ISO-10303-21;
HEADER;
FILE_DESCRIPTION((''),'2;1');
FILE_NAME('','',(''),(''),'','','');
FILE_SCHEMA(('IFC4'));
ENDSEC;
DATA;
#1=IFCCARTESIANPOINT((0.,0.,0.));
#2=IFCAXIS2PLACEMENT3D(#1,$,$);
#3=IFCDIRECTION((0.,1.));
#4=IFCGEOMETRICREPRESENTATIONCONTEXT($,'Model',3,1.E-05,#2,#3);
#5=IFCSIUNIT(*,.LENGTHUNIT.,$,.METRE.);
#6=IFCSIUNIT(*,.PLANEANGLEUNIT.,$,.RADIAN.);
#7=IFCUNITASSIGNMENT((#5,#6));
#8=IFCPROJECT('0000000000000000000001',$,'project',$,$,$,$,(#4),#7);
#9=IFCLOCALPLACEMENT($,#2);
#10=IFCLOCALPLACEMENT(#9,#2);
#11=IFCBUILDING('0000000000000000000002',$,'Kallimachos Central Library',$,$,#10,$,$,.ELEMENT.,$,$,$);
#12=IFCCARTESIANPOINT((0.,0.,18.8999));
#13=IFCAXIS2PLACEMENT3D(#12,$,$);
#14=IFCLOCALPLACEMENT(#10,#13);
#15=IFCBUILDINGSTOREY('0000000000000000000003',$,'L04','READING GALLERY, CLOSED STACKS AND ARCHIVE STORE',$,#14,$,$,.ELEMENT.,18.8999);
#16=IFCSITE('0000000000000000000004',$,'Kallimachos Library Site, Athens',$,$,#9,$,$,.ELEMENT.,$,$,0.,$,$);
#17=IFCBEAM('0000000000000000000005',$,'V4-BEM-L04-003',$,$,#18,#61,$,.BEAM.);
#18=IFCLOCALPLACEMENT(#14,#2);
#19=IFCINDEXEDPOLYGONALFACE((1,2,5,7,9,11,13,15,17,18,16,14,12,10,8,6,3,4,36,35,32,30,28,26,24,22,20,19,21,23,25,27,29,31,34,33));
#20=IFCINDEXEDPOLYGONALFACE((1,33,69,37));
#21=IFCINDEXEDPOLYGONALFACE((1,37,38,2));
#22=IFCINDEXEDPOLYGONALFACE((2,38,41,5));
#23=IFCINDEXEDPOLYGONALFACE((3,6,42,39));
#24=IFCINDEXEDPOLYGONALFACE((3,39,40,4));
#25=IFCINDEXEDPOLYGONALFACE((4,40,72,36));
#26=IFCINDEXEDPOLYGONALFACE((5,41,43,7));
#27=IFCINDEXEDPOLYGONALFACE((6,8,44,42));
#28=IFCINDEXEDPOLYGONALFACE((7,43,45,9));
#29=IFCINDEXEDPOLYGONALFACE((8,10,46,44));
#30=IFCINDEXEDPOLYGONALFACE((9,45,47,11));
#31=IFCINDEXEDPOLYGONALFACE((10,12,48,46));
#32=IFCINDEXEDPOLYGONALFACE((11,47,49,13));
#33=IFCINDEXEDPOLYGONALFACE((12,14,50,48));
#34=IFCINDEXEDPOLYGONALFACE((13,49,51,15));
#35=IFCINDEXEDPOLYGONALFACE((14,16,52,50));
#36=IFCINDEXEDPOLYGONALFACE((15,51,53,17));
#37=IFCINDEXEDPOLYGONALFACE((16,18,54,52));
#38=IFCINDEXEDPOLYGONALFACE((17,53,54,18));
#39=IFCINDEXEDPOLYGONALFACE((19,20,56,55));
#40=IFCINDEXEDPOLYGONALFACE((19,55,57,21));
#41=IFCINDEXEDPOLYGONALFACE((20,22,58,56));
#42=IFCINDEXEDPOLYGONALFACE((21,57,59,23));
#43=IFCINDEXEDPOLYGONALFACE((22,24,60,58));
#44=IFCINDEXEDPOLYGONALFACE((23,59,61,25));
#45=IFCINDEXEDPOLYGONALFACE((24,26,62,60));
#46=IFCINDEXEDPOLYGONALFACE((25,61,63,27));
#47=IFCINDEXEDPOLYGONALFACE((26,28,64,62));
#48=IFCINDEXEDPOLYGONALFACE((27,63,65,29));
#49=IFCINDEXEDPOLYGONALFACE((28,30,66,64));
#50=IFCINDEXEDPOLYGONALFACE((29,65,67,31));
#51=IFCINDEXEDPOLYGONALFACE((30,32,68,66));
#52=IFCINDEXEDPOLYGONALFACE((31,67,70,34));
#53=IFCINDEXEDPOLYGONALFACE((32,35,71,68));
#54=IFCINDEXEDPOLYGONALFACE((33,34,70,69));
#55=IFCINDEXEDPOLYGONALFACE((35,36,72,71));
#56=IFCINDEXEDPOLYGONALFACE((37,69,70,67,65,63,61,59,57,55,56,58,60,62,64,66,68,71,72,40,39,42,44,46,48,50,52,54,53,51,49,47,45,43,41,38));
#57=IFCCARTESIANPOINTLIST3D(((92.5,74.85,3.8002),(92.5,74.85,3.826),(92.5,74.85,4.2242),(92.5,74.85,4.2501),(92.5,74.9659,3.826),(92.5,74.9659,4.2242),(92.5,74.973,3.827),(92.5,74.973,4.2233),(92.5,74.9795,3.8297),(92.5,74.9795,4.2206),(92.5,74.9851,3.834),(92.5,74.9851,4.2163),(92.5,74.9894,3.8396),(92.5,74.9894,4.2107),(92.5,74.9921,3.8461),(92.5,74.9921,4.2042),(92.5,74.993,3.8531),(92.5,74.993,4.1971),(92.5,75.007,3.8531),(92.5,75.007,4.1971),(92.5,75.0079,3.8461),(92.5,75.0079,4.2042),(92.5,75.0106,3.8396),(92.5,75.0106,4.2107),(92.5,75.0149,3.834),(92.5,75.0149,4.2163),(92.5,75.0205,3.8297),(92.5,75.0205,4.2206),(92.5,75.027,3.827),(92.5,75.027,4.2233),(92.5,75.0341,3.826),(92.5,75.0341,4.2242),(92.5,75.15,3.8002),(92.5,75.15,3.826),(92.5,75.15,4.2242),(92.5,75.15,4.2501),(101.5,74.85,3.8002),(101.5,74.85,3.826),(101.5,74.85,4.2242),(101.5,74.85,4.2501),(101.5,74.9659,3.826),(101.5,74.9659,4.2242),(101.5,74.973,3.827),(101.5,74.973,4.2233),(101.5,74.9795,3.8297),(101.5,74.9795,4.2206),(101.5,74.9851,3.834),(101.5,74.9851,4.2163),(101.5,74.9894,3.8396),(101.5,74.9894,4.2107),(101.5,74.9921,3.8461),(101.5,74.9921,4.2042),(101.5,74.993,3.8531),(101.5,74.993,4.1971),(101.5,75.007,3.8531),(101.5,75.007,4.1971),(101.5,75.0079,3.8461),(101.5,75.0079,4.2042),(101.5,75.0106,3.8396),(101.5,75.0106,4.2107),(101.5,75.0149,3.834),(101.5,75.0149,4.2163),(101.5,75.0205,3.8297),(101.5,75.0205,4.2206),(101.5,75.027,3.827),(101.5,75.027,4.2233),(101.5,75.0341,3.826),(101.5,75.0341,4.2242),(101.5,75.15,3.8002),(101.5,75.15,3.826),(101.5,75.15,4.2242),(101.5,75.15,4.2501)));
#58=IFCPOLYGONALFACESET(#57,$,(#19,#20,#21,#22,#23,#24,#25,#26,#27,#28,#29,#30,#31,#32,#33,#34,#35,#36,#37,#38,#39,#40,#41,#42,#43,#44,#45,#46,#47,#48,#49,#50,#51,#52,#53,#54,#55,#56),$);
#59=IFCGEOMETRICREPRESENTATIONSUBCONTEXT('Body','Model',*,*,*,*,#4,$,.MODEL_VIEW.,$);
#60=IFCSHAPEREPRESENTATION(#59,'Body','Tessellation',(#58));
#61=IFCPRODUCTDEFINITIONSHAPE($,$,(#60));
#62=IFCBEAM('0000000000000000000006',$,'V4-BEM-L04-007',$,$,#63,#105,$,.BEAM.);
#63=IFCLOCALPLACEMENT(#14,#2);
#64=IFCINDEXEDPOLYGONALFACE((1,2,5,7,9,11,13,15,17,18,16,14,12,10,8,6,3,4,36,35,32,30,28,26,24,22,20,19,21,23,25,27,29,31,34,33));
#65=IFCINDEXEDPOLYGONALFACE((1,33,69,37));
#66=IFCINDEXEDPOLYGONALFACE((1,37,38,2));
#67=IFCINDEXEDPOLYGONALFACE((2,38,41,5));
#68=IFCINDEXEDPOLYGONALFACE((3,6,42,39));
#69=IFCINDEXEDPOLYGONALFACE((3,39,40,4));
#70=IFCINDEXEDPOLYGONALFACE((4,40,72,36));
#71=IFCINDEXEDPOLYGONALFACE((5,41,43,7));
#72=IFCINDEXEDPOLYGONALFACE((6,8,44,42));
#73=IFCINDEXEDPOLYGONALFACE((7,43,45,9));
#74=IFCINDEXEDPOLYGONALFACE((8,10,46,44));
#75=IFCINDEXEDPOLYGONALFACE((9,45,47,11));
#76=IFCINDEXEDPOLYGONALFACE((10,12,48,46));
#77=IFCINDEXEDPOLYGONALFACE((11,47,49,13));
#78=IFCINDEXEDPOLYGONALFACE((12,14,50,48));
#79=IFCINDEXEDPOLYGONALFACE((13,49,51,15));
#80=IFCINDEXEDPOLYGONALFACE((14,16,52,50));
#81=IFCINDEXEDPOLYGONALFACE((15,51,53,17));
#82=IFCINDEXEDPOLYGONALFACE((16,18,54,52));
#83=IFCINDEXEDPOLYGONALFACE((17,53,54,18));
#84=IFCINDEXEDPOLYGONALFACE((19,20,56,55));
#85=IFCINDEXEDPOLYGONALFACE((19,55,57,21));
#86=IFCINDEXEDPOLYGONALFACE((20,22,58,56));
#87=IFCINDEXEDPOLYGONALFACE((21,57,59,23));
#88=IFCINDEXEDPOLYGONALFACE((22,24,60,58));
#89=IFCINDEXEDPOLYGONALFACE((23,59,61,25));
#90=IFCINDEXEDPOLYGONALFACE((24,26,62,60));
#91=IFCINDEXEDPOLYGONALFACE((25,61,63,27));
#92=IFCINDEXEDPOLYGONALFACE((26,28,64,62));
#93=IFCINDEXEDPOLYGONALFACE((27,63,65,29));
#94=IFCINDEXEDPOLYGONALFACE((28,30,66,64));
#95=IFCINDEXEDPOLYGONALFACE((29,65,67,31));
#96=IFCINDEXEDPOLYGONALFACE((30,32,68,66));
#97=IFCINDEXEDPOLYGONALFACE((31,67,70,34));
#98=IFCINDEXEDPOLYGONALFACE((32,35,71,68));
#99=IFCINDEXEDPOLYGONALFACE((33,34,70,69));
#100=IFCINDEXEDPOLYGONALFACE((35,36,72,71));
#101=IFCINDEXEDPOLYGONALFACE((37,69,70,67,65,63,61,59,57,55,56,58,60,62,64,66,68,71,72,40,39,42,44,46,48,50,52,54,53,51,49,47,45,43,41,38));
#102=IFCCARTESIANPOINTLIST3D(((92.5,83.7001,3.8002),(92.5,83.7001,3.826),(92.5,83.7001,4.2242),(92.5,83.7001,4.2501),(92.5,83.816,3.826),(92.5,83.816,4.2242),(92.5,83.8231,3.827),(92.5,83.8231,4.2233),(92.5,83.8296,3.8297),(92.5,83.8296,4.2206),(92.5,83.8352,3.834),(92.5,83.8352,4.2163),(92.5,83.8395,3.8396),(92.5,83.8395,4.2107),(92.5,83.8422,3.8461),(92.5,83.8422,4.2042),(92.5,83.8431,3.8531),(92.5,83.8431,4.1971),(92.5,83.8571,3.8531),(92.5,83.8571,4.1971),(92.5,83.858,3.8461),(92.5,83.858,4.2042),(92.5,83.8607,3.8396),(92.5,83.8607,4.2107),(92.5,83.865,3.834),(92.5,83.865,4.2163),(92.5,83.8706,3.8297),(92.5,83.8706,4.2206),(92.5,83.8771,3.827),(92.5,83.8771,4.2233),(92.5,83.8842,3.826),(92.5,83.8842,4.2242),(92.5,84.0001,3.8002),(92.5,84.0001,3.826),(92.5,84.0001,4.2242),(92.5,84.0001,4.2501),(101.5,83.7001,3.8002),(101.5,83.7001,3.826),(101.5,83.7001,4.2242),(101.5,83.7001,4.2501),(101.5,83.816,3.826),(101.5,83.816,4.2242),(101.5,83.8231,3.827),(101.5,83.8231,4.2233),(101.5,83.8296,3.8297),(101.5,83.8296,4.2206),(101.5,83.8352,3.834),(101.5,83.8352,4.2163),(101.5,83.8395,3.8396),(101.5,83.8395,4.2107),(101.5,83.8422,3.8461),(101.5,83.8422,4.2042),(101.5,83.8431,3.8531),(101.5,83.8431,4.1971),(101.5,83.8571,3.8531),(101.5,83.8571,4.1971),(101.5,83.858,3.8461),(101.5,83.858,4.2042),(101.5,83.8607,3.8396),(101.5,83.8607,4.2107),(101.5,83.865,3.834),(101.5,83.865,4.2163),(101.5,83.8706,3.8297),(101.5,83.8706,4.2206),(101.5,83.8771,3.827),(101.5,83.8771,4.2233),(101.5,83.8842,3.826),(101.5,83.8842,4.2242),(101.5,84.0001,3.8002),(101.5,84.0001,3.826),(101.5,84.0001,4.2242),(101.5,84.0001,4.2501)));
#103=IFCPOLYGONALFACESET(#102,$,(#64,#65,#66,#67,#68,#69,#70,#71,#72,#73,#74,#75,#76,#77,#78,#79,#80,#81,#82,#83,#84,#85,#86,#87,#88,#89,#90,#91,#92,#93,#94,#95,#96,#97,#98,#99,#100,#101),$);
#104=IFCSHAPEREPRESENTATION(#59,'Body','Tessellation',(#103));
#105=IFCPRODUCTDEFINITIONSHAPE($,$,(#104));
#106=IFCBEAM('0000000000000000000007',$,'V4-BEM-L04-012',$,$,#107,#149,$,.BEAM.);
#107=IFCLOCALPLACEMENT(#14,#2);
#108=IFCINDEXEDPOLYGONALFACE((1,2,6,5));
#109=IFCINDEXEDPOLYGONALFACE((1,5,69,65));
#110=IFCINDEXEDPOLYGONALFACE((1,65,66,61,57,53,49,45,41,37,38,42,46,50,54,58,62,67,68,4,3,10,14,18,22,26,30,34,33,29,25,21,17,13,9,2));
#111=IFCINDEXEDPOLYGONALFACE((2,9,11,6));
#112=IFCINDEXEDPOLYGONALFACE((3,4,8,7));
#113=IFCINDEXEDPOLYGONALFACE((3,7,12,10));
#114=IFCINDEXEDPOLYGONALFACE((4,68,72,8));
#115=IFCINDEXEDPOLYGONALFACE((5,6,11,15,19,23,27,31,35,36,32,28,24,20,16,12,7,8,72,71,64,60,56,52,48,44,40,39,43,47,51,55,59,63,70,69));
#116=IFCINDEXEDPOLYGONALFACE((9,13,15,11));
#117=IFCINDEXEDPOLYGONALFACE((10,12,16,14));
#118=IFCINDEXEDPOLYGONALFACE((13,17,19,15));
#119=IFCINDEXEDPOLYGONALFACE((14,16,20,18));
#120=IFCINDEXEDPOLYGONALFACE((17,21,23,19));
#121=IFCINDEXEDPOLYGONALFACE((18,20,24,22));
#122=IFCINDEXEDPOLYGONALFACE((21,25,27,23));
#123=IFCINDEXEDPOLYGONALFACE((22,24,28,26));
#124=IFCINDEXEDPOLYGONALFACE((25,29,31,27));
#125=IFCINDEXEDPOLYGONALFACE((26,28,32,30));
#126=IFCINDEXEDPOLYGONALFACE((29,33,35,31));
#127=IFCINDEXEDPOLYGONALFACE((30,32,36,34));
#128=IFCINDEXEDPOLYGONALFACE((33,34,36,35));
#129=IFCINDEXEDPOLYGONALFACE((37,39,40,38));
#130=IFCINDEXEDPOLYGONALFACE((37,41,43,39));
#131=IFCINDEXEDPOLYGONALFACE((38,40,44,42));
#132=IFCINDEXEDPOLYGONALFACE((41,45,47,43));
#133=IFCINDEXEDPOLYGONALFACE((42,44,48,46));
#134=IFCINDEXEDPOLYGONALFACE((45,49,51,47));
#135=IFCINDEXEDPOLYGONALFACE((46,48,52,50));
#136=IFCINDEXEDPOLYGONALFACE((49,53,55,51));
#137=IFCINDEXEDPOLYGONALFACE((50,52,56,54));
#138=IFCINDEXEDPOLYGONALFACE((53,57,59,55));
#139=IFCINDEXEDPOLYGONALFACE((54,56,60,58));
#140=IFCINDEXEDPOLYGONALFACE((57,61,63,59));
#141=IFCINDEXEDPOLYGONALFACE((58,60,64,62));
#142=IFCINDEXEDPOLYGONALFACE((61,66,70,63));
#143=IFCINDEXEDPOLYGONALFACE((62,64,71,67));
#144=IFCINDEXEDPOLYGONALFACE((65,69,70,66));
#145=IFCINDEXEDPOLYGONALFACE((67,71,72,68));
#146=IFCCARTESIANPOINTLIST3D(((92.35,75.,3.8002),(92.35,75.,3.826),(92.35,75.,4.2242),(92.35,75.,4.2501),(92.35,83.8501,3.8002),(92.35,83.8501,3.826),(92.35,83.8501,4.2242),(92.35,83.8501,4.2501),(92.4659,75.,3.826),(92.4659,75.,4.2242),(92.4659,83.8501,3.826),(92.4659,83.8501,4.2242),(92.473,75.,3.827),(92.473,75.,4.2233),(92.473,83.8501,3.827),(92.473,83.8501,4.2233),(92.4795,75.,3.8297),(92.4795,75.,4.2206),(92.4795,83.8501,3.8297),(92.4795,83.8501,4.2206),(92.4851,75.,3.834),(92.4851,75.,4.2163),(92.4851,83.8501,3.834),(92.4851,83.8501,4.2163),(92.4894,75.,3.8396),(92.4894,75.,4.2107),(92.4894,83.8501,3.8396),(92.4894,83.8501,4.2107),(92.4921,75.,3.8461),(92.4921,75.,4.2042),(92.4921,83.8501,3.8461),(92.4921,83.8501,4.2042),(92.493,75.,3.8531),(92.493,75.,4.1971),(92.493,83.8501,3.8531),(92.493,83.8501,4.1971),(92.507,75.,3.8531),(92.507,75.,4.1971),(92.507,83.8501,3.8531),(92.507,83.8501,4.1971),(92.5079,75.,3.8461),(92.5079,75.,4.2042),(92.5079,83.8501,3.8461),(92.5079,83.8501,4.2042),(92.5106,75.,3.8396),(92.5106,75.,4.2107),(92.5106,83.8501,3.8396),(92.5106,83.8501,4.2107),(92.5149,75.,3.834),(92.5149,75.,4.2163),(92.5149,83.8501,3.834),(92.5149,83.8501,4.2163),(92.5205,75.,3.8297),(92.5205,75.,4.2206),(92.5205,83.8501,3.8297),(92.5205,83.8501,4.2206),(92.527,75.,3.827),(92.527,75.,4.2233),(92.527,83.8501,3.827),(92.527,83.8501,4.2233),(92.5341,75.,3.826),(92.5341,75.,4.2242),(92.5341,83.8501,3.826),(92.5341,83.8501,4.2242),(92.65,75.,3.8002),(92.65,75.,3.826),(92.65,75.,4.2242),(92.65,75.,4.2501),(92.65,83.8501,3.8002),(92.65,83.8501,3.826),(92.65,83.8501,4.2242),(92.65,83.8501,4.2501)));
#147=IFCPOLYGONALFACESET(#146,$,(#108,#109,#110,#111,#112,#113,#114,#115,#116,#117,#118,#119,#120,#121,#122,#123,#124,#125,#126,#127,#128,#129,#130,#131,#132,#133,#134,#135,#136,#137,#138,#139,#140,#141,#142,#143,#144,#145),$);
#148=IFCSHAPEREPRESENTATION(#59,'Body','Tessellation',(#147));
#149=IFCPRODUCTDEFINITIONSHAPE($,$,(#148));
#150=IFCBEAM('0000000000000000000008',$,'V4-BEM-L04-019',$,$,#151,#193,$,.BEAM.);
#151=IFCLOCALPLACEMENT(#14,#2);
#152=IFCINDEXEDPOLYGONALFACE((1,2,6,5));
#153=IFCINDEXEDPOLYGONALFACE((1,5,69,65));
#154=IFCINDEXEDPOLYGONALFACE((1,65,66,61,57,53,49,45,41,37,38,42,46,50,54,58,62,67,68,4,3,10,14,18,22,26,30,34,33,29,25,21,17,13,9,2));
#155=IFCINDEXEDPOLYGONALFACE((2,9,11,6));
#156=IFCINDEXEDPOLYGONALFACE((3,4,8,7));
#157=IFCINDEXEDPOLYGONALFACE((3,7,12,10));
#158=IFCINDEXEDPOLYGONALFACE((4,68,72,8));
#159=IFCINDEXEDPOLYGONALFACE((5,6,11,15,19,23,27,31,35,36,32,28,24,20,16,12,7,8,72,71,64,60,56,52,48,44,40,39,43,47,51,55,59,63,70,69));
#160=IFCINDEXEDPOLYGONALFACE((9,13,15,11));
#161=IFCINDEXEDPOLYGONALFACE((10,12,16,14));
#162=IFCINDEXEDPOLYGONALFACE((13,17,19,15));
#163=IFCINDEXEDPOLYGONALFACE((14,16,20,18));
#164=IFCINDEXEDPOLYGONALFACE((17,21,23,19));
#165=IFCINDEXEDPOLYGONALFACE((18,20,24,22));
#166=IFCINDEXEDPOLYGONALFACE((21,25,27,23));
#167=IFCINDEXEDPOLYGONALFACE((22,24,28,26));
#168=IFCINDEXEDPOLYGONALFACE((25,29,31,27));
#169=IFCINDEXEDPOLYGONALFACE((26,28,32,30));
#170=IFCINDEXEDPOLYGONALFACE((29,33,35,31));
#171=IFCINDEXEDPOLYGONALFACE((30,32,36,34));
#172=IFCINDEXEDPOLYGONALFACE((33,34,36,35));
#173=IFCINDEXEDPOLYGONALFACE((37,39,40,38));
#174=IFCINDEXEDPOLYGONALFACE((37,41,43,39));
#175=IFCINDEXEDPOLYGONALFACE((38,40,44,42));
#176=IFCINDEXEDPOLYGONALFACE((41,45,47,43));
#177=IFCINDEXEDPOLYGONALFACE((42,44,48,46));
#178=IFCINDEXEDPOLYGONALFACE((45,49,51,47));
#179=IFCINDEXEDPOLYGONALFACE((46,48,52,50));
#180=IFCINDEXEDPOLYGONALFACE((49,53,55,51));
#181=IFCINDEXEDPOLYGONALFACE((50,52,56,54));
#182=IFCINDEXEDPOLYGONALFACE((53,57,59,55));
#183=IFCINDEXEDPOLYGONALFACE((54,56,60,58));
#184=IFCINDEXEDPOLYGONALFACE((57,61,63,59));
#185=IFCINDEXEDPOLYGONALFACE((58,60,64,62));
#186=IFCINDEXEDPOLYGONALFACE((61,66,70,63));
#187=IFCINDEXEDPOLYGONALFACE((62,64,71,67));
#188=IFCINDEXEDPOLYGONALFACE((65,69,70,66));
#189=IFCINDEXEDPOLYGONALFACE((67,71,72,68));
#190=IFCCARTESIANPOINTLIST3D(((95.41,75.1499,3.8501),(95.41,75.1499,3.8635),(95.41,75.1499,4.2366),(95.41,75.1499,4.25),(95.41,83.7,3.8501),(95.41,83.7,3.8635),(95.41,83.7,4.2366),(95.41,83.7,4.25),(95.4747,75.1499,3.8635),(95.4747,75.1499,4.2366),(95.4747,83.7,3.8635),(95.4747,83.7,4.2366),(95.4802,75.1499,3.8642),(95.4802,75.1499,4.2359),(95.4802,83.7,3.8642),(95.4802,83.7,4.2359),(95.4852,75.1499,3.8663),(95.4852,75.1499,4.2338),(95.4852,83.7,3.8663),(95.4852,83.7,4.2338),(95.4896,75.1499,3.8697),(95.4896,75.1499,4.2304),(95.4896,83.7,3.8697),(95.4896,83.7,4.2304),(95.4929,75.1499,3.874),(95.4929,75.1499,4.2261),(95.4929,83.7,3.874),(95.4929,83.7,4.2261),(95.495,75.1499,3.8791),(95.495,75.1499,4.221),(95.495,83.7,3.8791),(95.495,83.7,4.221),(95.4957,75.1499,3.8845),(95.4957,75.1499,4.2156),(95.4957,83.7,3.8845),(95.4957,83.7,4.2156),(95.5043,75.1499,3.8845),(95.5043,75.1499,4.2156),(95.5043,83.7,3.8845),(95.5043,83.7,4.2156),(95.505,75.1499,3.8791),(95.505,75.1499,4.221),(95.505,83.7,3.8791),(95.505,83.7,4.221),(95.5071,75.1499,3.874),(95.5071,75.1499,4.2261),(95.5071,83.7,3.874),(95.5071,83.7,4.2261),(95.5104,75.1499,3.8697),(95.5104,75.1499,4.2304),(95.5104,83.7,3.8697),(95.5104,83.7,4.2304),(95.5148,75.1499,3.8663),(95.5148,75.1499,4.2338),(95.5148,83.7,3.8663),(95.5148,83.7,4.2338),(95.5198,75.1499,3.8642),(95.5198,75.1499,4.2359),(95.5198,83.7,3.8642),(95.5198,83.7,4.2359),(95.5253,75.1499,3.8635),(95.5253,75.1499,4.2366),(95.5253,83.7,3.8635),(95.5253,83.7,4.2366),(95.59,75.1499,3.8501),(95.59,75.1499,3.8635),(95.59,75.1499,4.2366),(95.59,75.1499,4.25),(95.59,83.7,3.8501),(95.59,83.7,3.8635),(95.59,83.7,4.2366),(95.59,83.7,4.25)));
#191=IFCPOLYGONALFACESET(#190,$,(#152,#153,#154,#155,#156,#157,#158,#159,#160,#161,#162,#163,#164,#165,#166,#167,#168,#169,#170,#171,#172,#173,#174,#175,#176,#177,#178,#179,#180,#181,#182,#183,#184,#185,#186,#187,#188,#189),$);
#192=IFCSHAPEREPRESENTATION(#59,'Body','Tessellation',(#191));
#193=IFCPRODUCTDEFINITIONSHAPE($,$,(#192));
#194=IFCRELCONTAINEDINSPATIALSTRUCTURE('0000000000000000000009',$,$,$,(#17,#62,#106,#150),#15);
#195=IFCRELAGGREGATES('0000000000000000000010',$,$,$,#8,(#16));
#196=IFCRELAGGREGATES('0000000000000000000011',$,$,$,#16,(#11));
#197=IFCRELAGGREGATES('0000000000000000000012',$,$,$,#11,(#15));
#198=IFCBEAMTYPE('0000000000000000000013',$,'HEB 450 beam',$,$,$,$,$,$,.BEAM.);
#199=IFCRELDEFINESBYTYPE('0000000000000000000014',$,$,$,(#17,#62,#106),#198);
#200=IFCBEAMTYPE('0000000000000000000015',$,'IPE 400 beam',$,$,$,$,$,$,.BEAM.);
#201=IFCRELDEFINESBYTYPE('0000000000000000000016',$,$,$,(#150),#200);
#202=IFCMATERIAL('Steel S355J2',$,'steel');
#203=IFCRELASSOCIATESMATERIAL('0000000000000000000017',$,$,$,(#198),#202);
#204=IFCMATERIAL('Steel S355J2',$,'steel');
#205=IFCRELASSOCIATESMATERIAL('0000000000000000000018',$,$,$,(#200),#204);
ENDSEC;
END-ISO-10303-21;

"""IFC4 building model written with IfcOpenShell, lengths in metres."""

from ifc_helpers import new_model, si_unit, direction, frame, origin, origin_2d, place, context, subcontext, project, spatial, i_section, extrude, material, material_profile, profile_set, type_object, element, save


model = new_model("IFC4")

# Units and contexts
model_context = context("Model", 3, precision=1e-05, world=origin(), true_north=direction((0.0, 1.0)))
body_context = subcontext(model_context, "Body", "Model", "MODEL_VIEW")
ifc_project = project(units=[si_unit("LENGTHUNIT", "METRE"), si_unit("PLANEANGLEUNIT", "RADIAN")], contexts=[model_context])

# Site, building, storey
site_placement = place(None, origin())
site = spatial("IfcSite", under=ifc_project, at=site_placement, Name="Kallimachos Library Site, Athens", CompositionType="ELEMENT", RefElevation=0.0)
building_placement = place(site_placement, origin())
building = spatial("IfcBuilding", under=site, at=building_placement, Name="Kallimachos Central Library", CompositionType="ELEMENT")
storey_placement = place(building_placement, frame((0.0, 0.0, 18.8999)))
storey = spatial("IfcBuildingStorey", under=building, at=storey_placement, Name="L04", Description="READING GALLERY, CLOSED STACKS AND ARCHIVE STORE", CompositionType="ELEMENT", Elevation=18.8999)

# Beams
ifc_material_1 = material(Name="Steel S355J2", Category="steel")
ifc_material_profile_1 = material_profile(ifc_material_1, i_section(OverallWidth=0.3, OverallDepth=0.45, WebThickness=0.0139, FlangeThickness=0.0259, FilletRadius=0.0271, at=origin_2d()), Name="HEB 450")
ifc_profile_set_1 = profile_set([ifc_material_profile_1], Name="Steel S355J2")
beam_type_1 = type_object("IfcBeamType", Name="HEB 450 beam", PredefinedType="BEAM", material=ifc_profile_set_1)
for number, where, z_axis, x_axis, name in (
    (1, (92.5, 75.0, 4.0251), (1.0, 0.0, 0.0), (0.0, 1.0, 0.0), "V4-BEM-L04-003"),
    (2, (92.5, 83.8501, 4.0251), (1.0, 0.0, 0.0), (0.0, 1.0, 0.0), "V4-BEM-L04-007"),
):
    element("IfcBeam", number, at=place(storey_placement, frame(where, z_axis=z_axis, x_axis=x_axis)), inside=storey, type_object=beam_type_1, Name=name, PredefinedType="BEAM", context=body_context, shape_type="SweptSolid", body=[
        extrude(i_section(OverallWidth=0.3, OverallDepth=0.45, WebThickness=0.0139, FlangeThickness=0.0259, FilletRadius=0.0271, at=origin_2d()), origin(), (0.0, 0.0, 1.0), 9.0),
    ])
beam_1_placement = place(storey_placement, frame((92.5, 75.0, 4.0251), z_axis=(0.0, 1.0, 0.0), x_axis=(-1.0, 0.0, 0.0)))
element("IfcBeam", 3, at=beam_1_placement, inside=storey, type_object=beam_type_1, Name="V4-BEM-L04-012", PredefinedType="BEAM", context=body_context, shape_type="SweptSolid", body=[
    extrude(i_section(OverallWidth=0.3, OverallDepth=0.45, WebThickness=0.0139, FlangeThickness=0.0259, FilletRadius=0.0271, at=origin_2d()), origin(), (0.0, 0.0, 1.0), 8.8501),
])
ifc_material_2 = material(Name="Steel S355J2", Category="steel")
ifc_material_profile_2 = material_profile(ifc_material_2, i_section(OverallWidth=0.1799, OverallDepth=0.3999, WebThickness=0.0085, FlangeThickness=0.0134, FilletRadius=0.021, at=origin_2d()), Name="IPE 400")
ifc_profile_set_2 = profile_set([ifc_material_profile_2], Name="Steel S355J2")
beam_type_2 = type_object("IfcBeamType", Name="IPE 400 beam", PredefinedType="BEAM", material=ifc_profile_set_2)
beam_2_placement = place(storey_placement, frame((95.5, 75.1499, 4.05), z_axis=(0.0, 1.0, 0.0), x_axis=(-1.0, 0.0, 0.0)))
element("IfcBeam", 4, at=beam_2_placement, inside=storey, type_object=beam_type_2, Name="V4-BEM-L04-019", PredefinedType="BEAM", context=body_context, shape_type="SweptSolid", body=[
    extrude(i_section(OverallWidth=0.1799, OverallDepth=0.3999, WebThickness=0.0085, FlangeThickness=0.0134, FilletRadius=0.021, at=origin_2d()), origin(), (0.0, 0.0, 1.0), 8.55),
])

save(model, "model.ifc")
